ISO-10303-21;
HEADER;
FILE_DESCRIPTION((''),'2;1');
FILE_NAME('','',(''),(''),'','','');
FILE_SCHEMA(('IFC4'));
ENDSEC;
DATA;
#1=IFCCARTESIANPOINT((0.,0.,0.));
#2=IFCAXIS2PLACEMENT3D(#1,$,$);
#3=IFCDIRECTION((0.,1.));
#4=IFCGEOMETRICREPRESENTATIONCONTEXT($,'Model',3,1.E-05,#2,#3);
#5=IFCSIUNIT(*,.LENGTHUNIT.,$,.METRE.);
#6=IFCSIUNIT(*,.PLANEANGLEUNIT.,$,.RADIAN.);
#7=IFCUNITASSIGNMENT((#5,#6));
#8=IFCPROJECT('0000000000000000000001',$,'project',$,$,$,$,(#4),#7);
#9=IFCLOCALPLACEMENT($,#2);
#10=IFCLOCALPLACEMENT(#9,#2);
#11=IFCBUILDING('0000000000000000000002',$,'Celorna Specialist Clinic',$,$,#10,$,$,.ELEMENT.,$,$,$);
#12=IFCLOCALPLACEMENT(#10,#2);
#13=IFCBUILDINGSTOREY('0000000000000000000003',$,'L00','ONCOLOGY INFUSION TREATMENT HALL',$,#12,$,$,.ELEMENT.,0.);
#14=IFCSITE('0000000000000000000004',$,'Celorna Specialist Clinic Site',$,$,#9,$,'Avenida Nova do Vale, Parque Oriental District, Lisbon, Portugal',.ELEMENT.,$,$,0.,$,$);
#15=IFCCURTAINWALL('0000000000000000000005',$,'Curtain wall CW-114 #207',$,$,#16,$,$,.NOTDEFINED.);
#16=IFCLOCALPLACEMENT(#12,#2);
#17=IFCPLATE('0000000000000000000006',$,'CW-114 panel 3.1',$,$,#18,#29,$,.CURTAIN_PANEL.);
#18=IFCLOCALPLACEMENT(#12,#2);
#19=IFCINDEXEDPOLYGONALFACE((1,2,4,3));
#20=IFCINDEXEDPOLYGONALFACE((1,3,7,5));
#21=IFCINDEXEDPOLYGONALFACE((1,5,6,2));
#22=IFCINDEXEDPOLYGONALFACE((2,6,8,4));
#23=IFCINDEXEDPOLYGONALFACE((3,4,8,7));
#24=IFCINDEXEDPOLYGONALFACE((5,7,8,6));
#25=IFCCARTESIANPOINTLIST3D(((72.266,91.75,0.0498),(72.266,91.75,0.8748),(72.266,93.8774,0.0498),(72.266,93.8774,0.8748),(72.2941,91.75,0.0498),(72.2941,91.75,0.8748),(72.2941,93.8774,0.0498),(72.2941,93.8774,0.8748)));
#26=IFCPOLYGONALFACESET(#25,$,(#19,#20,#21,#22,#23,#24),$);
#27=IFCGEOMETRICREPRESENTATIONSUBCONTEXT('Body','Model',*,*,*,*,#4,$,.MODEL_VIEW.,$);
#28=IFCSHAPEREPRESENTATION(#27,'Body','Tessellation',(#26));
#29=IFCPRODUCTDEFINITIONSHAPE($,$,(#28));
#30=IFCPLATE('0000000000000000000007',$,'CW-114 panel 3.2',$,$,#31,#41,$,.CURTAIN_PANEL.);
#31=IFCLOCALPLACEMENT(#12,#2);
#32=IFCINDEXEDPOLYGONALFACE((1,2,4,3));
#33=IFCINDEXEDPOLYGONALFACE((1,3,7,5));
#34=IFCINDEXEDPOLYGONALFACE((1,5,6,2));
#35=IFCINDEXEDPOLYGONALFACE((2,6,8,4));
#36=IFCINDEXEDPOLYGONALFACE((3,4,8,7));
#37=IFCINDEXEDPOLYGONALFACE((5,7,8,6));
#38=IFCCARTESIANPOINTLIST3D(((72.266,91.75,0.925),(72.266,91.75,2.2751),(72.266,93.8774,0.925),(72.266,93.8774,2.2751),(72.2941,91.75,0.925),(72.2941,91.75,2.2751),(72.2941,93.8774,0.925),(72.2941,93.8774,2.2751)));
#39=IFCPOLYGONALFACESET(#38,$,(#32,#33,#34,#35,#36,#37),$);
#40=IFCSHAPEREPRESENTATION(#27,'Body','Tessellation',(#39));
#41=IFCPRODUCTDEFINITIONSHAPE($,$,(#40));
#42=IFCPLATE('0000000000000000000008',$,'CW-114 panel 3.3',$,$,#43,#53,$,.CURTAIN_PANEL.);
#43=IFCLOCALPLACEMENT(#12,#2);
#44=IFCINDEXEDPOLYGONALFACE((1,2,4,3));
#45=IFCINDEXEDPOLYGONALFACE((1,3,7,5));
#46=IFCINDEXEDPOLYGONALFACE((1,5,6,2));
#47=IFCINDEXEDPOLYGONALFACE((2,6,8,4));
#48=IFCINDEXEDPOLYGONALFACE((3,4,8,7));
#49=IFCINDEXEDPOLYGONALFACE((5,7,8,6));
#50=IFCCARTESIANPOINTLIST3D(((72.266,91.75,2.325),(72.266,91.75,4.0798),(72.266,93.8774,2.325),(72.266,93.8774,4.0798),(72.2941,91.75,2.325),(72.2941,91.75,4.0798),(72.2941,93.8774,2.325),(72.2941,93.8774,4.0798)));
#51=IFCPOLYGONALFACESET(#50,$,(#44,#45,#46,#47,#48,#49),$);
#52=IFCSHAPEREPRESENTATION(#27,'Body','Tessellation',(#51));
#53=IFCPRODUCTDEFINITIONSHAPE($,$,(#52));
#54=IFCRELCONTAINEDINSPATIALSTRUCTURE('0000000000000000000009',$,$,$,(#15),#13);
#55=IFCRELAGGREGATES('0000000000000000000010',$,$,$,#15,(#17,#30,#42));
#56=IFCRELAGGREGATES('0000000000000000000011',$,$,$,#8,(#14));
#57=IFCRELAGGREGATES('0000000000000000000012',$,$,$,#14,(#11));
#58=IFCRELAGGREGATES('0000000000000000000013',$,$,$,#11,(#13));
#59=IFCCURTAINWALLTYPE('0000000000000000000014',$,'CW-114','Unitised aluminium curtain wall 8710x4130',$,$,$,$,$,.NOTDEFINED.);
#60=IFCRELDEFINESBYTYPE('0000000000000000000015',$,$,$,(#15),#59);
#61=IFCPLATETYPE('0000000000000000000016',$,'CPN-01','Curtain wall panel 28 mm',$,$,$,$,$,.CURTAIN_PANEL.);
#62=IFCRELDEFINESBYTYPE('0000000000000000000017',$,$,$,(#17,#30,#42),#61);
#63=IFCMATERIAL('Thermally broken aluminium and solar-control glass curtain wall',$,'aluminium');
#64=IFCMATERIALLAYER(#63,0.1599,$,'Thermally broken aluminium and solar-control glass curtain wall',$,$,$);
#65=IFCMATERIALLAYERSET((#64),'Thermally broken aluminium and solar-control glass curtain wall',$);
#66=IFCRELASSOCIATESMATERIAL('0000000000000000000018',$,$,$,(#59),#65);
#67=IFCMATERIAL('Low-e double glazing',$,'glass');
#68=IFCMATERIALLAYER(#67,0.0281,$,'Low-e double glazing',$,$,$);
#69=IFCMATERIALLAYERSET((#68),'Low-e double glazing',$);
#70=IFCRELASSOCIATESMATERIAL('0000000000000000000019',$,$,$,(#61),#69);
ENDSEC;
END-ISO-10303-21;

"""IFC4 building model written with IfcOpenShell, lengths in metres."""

from ifc_helpers import new_model, si_unit, direction, frame, origin, origin_2d, place, context, subcontext, project, spatial, rectangle, extrude, material, layer, layer_set, type_object, element, aggregate, save


model = new_model("IFC4")

# Units and contexts
model_context = context("Model", 3, precision=1e-05, world=origin(), true_north=direction((0.0, 1.0)))
body_context = subcontext(model_context, "Body", "Model", "MODEL_VIEW")
ifc_project = project(units=[si_unit("LENGTHUNIT", "METRE"), si_unit("PLANEANGLEUNIT", "RADIAN")], contexts=[model_context])

# Site, building, storey
site_placement = place(None, origin())
site = spatial("IfcSite", under=ifc_project, at=site_placement, Name="Celorna Specialist Clinic Site", LongName="Avenida Nova do Vale, Parque Oriental District, Lisbon, Portugal", CompositionType="ELEMENT", RefElevation=0.0)
building_placement = place(site_placement, origin())
building = spatial("IfcBuilding", under=site, at=building_placement, Name="Celorna Specialist Clinic", CompositionType="ELEMENT")
storey_placement = place(building_placement, origin())
storey = spatial("IfcBuildingStorey", under=building, at=storey_placement, Name="L00", Description="ONCOLOGY INFUSION TREATMENT HALL", CompositionType="ELEMENT", Elevation=0.0)

# Shared definitions
ifc_material_1 = material(Name="Thermally broken aluminium and solar-control glass curtain wall", Category="aluminium")

# Curtain wall
ifc_layer_1 = layer(ifc_material_1, 0.1599, Name="Thermally broken aluminium and solar-control glass curtain wall")
ifc_layer_set_1 = layer_set([ifc_layer_1], Name="Thermally broken aluminium and solar-control glass curtain wall")
curtain_wall_type_1 = type_object("IfcCurtainWallType", Name="CW-114", Description="Unitised aluminium curtain wall 8710x4130", PredefinedType="NOTDEFINED", material=ifc_layer_set_1)
curtain_wall_1_placement = place(storey_placement, origin())
curtain_wall_1 = element("IfcCurtainWall", 1, at=curtain_wall_1_placement, inside=storey, type_object=curtain_wall_type_1, Name="Curtain wall CW-114 #207", PredefinedType="NOTDEFINED")

# Plates
ifc_material_2 = material(Name="Low-e double glazing", Category="glass")
ifc_layer_2 = layer(ifc_material_2, 0.0281, Name="Low-e double glazing")
ifc_layer_set_2 = layer_set([ifc_layer_2], Name="Low-e double glazing")
plate_type = type_object("IfcPlateType", Name="CPN-01", Description="Curtain wall panel 28 mm", PredefinedType="CURTAIN_PANEL", material=ifc_layer_set_2)
plate_1_placement = place(storey_placement, frame((72.28, 92.8137, 0.0498), z_axis=(0.0, 0.0, 1.0), x_axis=(0.0, 1.0, 0.0)))
plate_1 = element("IfcPlate", 2, at=plate_1_placement, type_object=plate_type, Name="CW-114 panel 3.1", PredefinedType="CURTAIN_PANEL", context=body_context, shape_type="SweptSolid", body=[
    extrude(rectangle(XDim=2.1274, YDim=0.0281, at=origin_2d()), origin(), (0.0, 0.0, 1.0), 0.825),
])
plate_2_placement = place(storey_placement, frame((72.28, 92.8137, 0.925), z_axis=(0.0, 0.0, 1.0), x_axis=(0.0, 1.0, 0.0)))
plate_2 = element("IfcPlate", 3, at=plate_2_placement, type_object=plate_type, Name="CW-114 panel 3.2", PredefinedType="CURTAIN_PANEL", context=body_context, shape_type="SweptSolid", body=[
    extrude(rectangle(XDim=2.1274, YDim=0.0281, at=origin_2d()), origin(), (0.0, 0.0, 1.0), 1.3501),
])
plate_3_placement = place(storey_placement, frame((72.28, 92.8137, 2.325), z_axis=(0.0, 0.0, 1.0), x_axis=(0.0, 1.0, 0.0)))
plate_3 = element("IfcPlate", 4, at=plate_3_placement, type_object=plate_type, Name="CW-114 panel 3.3", PredefinedType="CURTAIN_PANEL", context=body_context, shape_type="SweptSolid", body=[
    extrude(rectangle(XDim=2.1274, YDim=0.0281, at=origin_2d()), origin(), (0.0, 0.0, 1.0), 1.7549),
])
aggregate(curtain_wall_1, [plate_1, plate_2, plate_3])

save(model, "model.ifc")
